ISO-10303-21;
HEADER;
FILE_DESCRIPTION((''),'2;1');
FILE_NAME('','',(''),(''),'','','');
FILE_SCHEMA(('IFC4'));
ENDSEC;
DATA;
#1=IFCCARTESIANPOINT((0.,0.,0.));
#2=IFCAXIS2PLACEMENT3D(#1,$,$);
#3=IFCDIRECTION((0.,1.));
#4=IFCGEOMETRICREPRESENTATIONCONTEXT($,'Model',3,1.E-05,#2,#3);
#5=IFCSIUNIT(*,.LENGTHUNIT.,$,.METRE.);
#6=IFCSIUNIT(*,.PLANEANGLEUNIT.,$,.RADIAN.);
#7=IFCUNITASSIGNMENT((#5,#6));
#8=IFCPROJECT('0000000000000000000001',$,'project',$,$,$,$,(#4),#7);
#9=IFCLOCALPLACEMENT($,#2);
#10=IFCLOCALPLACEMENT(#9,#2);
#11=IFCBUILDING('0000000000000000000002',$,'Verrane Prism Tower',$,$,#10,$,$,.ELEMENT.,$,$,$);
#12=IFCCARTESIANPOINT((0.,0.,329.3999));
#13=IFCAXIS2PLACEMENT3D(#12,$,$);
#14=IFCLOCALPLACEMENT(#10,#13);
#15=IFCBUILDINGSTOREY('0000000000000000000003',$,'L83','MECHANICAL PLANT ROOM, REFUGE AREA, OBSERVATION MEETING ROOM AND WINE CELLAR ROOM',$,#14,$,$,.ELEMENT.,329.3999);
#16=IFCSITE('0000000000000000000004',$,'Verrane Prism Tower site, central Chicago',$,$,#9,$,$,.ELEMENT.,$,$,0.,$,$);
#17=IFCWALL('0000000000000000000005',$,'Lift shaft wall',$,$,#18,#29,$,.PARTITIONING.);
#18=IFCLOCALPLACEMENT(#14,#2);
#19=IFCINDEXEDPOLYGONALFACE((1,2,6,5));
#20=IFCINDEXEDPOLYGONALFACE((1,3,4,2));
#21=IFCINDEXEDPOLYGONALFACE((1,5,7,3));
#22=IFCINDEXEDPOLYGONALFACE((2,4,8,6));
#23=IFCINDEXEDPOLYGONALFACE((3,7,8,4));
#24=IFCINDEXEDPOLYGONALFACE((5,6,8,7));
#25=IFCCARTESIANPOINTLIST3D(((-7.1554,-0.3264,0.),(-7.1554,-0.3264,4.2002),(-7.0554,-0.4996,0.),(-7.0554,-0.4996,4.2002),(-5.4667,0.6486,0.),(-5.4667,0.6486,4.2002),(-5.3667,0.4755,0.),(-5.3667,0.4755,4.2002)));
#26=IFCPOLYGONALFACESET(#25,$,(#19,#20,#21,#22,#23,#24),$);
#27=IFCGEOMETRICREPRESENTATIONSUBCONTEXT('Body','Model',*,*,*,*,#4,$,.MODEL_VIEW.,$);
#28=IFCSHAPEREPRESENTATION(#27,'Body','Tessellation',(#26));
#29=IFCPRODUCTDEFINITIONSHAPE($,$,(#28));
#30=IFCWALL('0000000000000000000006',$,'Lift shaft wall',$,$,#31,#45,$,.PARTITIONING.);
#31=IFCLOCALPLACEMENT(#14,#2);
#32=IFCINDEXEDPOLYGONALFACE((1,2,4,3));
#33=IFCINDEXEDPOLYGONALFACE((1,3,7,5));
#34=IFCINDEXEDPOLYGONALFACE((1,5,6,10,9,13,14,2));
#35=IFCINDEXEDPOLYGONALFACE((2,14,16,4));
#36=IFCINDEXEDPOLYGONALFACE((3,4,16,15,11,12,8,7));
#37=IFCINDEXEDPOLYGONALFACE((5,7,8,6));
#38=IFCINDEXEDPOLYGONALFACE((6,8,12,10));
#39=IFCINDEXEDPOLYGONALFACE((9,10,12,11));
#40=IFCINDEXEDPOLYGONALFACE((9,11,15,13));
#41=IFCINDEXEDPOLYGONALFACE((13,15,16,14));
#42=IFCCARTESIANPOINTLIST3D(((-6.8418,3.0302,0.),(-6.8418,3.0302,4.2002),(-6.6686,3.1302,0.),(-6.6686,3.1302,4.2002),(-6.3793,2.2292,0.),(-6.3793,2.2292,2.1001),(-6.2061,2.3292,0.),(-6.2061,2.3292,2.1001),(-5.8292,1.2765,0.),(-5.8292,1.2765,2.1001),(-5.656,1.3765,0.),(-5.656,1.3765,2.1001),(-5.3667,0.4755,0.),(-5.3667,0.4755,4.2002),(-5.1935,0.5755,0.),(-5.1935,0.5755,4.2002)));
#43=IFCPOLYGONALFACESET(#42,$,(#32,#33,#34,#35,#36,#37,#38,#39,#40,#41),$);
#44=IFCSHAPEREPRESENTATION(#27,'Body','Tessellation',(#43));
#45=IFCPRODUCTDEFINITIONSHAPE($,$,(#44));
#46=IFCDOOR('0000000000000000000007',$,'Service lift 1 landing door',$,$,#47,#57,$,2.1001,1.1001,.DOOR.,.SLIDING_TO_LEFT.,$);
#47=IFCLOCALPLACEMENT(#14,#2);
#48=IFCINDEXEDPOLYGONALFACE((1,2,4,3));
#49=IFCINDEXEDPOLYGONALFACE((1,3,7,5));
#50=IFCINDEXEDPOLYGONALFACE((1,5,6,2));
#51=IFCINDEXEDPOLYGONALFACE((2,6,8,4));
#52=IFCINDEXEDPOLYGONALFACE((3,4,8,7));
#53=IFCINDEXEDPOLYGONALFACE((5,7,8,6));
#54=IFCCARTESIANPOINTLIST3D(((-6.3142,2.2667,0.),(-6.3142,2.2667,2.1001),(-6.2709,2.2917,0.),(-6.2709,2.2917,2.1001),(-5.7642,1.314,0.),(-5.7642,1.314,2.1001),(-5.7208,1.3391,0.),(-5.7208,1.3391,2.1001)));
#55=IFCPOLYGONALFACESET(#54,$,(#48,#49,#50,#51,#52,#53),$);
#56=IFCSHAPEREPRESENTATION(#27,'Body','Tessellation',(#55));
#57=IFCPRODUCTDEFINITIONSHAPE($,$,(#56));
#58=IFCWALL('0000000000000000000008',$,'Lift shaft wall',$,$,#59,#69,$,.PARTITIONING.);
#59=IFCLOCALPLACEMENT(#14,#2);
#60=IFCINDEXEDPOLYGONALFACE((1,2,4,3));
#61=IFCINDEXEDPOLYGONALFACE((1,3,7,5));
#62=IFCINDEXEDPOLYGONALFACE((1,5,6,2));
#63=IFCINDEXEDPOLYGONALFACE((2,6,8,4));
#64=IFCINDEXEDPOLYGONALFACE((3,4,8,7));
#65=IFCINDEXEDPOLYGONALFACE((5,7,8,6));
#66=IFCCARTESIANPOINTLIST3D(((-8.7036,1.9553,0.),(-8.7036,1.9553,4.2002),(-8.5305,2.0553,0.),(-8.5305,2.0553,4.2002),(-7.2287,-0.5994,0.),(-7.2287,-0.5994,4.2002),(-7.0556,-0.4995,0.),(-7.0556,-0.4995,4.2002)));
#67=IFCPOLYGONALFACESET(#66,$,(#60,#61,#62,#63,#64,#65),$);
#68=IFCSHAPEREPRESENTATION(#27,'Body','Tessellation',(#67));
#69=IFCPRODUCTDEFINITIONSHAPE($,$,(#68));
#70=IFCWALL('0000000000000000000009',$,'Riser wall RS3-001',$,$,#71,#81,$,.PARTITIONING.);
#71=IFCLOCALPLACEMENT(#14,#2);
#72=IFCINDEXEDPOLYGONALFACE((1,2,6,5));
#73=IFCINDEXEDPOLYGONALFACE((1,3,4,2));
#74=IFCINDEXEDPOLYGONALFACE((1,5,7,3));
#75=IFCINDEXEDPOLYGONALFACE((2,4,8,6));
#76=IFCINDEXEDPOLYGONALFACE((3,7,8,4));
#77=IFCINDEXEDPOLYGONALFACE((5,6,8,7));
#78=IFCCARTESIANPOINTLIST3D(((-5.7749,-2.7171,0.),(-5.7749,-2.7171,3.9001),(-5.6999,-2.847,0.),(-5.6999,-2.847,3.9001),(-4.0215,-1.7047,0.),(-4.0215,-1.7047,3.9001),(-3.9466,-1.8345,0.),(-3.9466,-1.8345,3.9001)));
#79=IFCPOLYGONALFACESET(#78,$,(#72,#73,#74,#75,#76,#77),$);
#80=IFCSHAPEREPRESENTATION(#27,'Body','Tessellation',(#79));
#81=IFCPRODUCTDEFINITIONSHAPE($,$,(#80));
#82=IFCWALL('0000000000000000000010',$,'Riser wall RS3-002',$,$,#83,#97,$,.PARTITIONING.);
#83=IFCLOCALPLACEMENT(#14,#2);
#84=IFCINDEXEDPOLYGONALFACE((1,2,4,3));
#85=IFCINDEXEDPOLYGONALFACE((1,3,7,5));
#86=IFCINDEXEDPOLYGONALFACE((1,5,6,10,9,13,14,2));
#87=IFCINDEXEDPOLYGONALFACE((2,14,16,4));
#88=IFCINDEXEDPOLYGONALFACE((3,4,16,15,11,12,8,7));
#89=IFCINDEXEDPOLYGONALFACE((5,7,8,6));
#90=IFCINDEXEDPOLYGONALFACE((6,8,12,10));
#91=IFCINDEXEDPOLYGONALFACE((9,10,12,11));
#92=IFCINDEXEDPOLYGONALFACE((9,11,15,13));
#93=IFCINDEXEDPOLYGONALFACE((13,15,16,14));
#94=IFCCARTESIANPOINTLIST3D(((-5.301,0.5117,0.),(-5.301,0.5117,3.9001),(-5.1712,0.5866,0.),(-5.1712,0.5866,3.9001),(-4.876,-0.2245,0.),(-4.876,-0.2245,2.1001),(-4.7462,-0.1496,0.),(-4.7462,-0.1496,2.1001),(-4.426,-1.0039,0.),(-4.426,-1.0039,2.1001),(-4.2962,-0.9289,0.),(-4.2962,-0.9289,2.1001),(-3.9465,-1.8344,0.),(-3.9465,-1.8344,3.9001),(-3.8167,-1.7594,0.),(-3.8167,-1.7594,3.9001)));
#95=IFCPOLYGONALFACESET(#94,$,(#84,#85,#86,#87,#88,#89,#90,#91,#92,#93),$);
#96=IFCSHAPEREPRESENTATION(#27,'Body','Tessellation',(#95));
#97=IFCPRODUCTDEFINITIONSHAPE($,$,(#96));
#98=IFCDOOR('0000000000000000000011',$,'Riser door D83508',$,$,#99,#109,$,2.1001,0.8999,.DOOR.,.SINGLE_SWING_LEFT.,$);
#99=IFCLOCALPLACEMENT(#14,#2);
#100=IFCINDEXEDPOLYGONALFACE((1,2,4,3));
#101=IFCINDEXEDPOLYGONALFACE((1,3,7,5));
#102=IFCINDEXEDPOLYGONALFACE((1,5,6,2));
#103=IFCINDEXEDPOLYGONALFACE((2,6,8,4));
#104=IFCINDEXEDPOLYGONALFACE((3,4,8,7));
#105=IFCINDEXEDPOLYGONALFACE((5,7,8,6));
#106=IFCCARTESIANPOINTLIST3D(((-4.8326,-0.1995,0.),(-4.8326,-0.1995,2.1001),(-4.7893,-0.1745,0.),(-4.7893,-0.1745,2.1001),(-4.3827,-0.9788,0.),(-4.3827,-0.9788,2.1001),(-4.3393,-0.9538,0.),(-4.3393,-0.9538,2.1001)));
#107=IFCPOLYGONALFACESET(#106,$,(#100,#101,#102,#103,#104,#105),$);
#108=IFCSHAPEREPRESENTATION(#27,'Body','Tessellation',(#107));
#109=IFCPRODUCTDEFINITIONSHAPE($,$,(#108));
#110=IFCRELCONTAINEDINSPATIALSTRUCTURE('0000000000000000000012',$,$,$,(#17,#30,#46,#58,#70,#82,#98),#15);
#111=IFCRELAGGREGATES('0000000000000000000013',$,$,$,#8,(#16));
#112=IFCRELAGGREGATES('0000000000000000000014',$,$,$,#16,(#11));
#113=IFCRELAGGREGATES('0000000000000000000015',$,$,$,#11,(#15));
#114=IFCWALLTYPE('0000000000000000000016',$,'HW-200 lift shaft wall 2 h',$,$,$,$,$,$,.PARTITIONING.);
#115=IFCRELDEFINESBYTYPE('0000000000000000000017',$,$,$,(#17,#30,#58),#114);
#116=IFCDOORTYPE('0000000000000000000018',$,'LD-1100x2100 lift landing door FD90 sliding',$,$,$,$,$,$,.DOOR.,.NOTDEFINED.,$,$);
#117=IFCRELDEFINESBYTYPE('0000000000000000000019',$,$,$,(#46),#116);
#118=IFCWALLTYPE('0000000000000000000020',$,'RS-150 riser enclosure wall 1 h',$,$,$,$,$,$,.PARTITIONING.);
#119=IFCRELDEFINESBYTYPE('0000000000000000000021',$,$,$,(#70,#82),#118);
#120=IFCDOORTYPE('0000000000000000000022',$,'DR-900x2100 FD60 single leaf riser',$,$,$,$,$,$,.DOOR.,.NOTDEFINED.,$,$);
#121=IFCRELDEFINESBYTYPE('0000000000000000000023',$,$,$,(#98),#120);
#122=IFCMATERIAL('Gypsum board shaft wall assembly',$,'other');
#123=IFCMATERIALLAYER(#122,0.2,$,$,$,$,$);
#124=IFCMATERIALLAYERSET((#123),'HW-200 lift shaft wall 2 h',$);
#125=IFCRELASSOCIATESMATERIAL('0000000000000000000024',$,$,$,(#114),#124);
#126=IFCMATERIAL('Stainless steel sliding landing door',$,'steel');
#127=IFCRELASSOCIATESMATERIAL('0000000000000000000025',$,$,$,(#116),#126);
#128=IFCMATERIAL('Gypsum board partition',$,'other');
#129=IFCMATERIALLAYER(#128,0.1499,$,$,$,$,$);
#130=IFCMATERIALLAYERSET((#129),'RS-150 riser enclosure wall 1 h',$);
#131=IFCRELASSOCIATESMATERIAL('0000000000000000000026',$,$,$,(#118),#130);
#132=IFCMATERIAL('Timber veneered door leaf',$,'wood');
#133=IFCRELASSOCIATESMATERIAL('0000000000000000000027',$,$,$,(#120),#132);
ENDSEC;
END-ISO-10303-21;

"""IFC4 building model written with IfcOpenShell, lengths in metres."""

from ifc_helpers import new_model, si_unit, direction, frame, frame_2d, origin, place, context, subcontext, project, spatial, rectangle, extrude, material, layer, layer_set, type_object, element, fill, save


model = new_model("IFC4")

# Units and contexts
model_context = context("Model", 3, precision=1e-05, world=origin(), true_north=direction((0.0, 1.0)))
body_context = subcontext(model_context, "Body", "Model", "MODEL_VIEW")
ifc_project = project(units=[si_unit("LENGTHUNIT", "METRE"), si_unit("PLANEANGLEUNIT", "RADIAN")], contexts=[model_context])

# Site, building, storey
site_placement = place(None, origin())
site = spatial("IfcSite", under=ifc_project, at=site_placement, Name="Verrane Prism Tower site, central Chicago", CompositionType="ELEMENT", RefElevation=0.0)
building_placement = place(site_placement, origin())
building = spatial("IfcBuilding", under=site, at=building_placement, Name="Verrane Prism Tower", CompositionType="ELEMENT")
storey_placement = place(building_placement, frame((0.0, 0.0, 329.3999)))
storey = spatial("IfcBuildingStorey", under=building, at=storey_placement, Name="L83", Description="MECHANICAL PLANT ROOM, REFUGE AREA, OBSERVATION MEETING ROOM AND WINE CELLAR ROOM", CompositionType="ELEMENT", Elevation=329.3999)

# Wall
ifc_material_1 = material(Name="Gypsum board shaft wall assembly", Category="other")
ifc_layer_1 = layer(ifc_material_1, 0.2)
ifc_layer_set_1 = layer_set([ifc_layer_1], Name="HW-200 lift shaft wall 2 h")
wall_type_1 = type_object("IfcWallType", Name="HW-200 lift shaft wall 2 h", PredefinedType="PARTITIONING", material=ifc_layer_set_1)
wall_1_placement = place(storey_placement, frame((-7.1055, -0.4131, 0.0), z_axis=(0.0, 0.0, 1.0), x_axis=(0.866, 0.500044, 0.0)))
element("IfcWall", 1, at=wall_1_placement, inside=storey, type_object=wall_type_1, Name="Lift shaft wall", PredefinedType="PARTITIONING", context=body_context, shape_type="SweptSolid", body=[
    extrude(rectangle(XDim=1.95, YDim=0.2, at=frame_2d((0.9751, 0.0))), origin(), (0.0, 0.0, 1.0), 4.2002),
])

# Wall, opening, door
wall_2_placement = place(storey_placement, frame((-5.28, 0.5254, 0.0), z_axis=(0.0, 0.0, 1.0), x_axis=(-0.500038, 0.866004, 0.0)))
wall_2 = element("IfcWall", 2, at=wall_2_placement, inside=storey, type_object=wall_type_1, Name="Lift shaft wall", PredefinedType="PARTITIONING", context=body_context, shape_type="SweptSolid", body=[
    extrude(rectangle(XDim=2.95, YDim=0.2, at=frame_2d((1.4751, 0.0))), origin(), (0.0, 0.0, 1.0), 4.2002),
])
opening_1_placement = place(wall_2_placement, frame((0.925, 0.0, 0.0)))
opening_1 = element("IfcOpeningElement", 3, at=opening_1_placement, cuts=wall_2, PredefinedType="OPENING", context=body_context, shape_type="SweptSolid", body=[
    extrude(rectangle(XDim=1.1001, YDim=2.1001, at=frame_2d((0.55, 1.05))), frame((0.0, 0.1099, 0.0), z_axis=(0.0, -1.0, 0.0), x_axis=(1.0, 0.0, 0.0)), (0.0, 0.0, 1.0), 0.22),
])
ifc_material_2 = material(Name="Stainless steel sliding landing door", Category="steel")
door_type_1 = type_object("IfcDoorType", Name="LD-1100x2100 lift landing door FD90 sliding", OperationType="NOTDEFINED", PredefinedType="DOOR", material=ifc_material_2)
door_1_placement = place(opening_1_placement, origin())
door_1 = element("IfcDoor", 4, at=door_1_placement, inside=storey, type_object=door_type_1, Name="Service lift 1 landing door", OperationType="SLIDING_TO_LEFT", OverallHeight=2.1001, OverallWidth=1.1001, PredefinedType="DOOR", context=body_context, shape_type="SweptSolid", body=[
    extrude(rectangle(XDim=1.1001, YDim=2.1001, at=frame_2d((0.55, 1.05))), frame((0.0, 0.0249, 0.0), z_axis=(0.0, -1.0, 0.0), x_axis=(1.0, 0.0, 0.0)), (0.0, 0.0, 1.0), 0.05),
])
fill(opening_1, door_1)

# Walls
wall_3_placement = place(storey_placement, frame((-7.1421, -0.5496, 0.0), z_axis=(0.0, 0.0, 1.0), x_axis=(-0.499976, 0.866039, 0.0)))
element("IfcWall", 5, at=wall_3_placement, inside=storey, type_object=wall_type_1, Name="Lift shaft wall", PredefinedType="PARTITIONING", context=body_context, shape_type="SweptSolid", body=[
    extrude(rectangle(XDim=2.95, YDim=0.2, at=frame_2d((1.4751, 0.0))), origin(), (0.0, 0.0, 1.0), 4.2002),
])
ifc_material_3 = material(Name="Gypsum board partition", Category="other")
ifc_layer_2 = layer(ifc_material_3, 0.1499)
ifc_layer_set_2 = layer_set([ifc_layer_2], Name="RS-150 riser enclosure wall 1 h")
wall_type_2 = type_object("IfcWallType", Name="RS-150 riser enclosure wall 1 h", PredefinedType="PARTITIONING", material=ifc_layer_set_2)
wall_4_placement = place(storey_placement, frame((-5.7373, -2.782, 0.0), z_axis=(0.0, 0.0, 1.0), x_axis=(0.866001, 0.500043, 0.0)))
element("IfcWall", 6, at=wall_4_placement, inside=storey, type_object=wall_type_2, Name="Riser wall RS3-001", PredefinedType="PARTITIONING", context=body_context, shape_type="SweptSolid", body=[
    extrude(rectangle(XDim=2.0247, YDim=0.1499, at=frame_2d((1.0122, 0.0))), origin(), (0.0, 0.0, 1.0), 3.9001),
])

# Wall, opening, door
wall_5_placement = place(storey_placement, frame((-3.8816, -1.7969, 0.0), z_axis=(0.0, 0.0, 1.0), x_axis=(-0.500016, 0.866016, 0.0)))
wall_5 = element("IfcWall", 7, at=wall_5_placement, inside=storey, type_object=wall_type_2, Name="Riser wall RS3-002", PredefinedType="PARTITIONING", context=body_context, shape_type="SweptSolid", body=[
    extrude(rectangle(XDim=2.709, YDim=0.1499, at=frame_2d((1.3545, 0.0))), origin(), (0.0, 0.0, 1.0), 3.9001),
])
opening_2_placement = place(wall_5_placement, frame((0.959, 0.0, 0.0)))
opening_2 = element("IfcOpeningElement", 8, at=opening_2_placement, cuts=wall_5, PredefinedType="OPENING", context=body_context, shape_type="SweptSolid", body=[
    extrude(rectangle(XDim=0.8999, YDim=2.1001, at=frame_2d((0.45, 1.05))), frame((0.0, 0.085, 0.0), z_axis=(0.0, -1.0, 0.0), x_axis=(1.0, 0.0, 0.0)), (0.0, 0.0, 1.0), 0.1699),
])
ifc_material_4 = material(Name="Timber veneered door leaf", Category="wood")
door_type_2 = type_object("IfcDoorType", Name="DR-900x2100 FD60 single leaf riser", OperationType="NOTDEFINED", PredefinedType="DOOR", material=ifc_material_4)
door_2_placement = place(opening_2_placement, origin())
door_2 = element("IfcDoor", 9, at=door_2_placement, inside=storey, type_object=door_type_2, Name="Riser door D83508", OperationType="SINGLE_SWING_LEFT", OverallHeight=2.1001, OverallWidth=0.8999, PredefinedType="DOOR", context=body_context, shape_type="SweptSolid", body=[
    extrude(rectangle(XDim=0.8999, YDim=2.1001, at=frame_2d((0.45, 1.05))), frame((0.0, 0.0249, 0.0), z_axis=(0.0, -1.0, 0.0), x_axis=(1.0, 0.0, 0.0)), (0.0, 0.0, 1.0), 0.05),
])
fill(opening_2, door_2)

save(model, "model.ifc")
